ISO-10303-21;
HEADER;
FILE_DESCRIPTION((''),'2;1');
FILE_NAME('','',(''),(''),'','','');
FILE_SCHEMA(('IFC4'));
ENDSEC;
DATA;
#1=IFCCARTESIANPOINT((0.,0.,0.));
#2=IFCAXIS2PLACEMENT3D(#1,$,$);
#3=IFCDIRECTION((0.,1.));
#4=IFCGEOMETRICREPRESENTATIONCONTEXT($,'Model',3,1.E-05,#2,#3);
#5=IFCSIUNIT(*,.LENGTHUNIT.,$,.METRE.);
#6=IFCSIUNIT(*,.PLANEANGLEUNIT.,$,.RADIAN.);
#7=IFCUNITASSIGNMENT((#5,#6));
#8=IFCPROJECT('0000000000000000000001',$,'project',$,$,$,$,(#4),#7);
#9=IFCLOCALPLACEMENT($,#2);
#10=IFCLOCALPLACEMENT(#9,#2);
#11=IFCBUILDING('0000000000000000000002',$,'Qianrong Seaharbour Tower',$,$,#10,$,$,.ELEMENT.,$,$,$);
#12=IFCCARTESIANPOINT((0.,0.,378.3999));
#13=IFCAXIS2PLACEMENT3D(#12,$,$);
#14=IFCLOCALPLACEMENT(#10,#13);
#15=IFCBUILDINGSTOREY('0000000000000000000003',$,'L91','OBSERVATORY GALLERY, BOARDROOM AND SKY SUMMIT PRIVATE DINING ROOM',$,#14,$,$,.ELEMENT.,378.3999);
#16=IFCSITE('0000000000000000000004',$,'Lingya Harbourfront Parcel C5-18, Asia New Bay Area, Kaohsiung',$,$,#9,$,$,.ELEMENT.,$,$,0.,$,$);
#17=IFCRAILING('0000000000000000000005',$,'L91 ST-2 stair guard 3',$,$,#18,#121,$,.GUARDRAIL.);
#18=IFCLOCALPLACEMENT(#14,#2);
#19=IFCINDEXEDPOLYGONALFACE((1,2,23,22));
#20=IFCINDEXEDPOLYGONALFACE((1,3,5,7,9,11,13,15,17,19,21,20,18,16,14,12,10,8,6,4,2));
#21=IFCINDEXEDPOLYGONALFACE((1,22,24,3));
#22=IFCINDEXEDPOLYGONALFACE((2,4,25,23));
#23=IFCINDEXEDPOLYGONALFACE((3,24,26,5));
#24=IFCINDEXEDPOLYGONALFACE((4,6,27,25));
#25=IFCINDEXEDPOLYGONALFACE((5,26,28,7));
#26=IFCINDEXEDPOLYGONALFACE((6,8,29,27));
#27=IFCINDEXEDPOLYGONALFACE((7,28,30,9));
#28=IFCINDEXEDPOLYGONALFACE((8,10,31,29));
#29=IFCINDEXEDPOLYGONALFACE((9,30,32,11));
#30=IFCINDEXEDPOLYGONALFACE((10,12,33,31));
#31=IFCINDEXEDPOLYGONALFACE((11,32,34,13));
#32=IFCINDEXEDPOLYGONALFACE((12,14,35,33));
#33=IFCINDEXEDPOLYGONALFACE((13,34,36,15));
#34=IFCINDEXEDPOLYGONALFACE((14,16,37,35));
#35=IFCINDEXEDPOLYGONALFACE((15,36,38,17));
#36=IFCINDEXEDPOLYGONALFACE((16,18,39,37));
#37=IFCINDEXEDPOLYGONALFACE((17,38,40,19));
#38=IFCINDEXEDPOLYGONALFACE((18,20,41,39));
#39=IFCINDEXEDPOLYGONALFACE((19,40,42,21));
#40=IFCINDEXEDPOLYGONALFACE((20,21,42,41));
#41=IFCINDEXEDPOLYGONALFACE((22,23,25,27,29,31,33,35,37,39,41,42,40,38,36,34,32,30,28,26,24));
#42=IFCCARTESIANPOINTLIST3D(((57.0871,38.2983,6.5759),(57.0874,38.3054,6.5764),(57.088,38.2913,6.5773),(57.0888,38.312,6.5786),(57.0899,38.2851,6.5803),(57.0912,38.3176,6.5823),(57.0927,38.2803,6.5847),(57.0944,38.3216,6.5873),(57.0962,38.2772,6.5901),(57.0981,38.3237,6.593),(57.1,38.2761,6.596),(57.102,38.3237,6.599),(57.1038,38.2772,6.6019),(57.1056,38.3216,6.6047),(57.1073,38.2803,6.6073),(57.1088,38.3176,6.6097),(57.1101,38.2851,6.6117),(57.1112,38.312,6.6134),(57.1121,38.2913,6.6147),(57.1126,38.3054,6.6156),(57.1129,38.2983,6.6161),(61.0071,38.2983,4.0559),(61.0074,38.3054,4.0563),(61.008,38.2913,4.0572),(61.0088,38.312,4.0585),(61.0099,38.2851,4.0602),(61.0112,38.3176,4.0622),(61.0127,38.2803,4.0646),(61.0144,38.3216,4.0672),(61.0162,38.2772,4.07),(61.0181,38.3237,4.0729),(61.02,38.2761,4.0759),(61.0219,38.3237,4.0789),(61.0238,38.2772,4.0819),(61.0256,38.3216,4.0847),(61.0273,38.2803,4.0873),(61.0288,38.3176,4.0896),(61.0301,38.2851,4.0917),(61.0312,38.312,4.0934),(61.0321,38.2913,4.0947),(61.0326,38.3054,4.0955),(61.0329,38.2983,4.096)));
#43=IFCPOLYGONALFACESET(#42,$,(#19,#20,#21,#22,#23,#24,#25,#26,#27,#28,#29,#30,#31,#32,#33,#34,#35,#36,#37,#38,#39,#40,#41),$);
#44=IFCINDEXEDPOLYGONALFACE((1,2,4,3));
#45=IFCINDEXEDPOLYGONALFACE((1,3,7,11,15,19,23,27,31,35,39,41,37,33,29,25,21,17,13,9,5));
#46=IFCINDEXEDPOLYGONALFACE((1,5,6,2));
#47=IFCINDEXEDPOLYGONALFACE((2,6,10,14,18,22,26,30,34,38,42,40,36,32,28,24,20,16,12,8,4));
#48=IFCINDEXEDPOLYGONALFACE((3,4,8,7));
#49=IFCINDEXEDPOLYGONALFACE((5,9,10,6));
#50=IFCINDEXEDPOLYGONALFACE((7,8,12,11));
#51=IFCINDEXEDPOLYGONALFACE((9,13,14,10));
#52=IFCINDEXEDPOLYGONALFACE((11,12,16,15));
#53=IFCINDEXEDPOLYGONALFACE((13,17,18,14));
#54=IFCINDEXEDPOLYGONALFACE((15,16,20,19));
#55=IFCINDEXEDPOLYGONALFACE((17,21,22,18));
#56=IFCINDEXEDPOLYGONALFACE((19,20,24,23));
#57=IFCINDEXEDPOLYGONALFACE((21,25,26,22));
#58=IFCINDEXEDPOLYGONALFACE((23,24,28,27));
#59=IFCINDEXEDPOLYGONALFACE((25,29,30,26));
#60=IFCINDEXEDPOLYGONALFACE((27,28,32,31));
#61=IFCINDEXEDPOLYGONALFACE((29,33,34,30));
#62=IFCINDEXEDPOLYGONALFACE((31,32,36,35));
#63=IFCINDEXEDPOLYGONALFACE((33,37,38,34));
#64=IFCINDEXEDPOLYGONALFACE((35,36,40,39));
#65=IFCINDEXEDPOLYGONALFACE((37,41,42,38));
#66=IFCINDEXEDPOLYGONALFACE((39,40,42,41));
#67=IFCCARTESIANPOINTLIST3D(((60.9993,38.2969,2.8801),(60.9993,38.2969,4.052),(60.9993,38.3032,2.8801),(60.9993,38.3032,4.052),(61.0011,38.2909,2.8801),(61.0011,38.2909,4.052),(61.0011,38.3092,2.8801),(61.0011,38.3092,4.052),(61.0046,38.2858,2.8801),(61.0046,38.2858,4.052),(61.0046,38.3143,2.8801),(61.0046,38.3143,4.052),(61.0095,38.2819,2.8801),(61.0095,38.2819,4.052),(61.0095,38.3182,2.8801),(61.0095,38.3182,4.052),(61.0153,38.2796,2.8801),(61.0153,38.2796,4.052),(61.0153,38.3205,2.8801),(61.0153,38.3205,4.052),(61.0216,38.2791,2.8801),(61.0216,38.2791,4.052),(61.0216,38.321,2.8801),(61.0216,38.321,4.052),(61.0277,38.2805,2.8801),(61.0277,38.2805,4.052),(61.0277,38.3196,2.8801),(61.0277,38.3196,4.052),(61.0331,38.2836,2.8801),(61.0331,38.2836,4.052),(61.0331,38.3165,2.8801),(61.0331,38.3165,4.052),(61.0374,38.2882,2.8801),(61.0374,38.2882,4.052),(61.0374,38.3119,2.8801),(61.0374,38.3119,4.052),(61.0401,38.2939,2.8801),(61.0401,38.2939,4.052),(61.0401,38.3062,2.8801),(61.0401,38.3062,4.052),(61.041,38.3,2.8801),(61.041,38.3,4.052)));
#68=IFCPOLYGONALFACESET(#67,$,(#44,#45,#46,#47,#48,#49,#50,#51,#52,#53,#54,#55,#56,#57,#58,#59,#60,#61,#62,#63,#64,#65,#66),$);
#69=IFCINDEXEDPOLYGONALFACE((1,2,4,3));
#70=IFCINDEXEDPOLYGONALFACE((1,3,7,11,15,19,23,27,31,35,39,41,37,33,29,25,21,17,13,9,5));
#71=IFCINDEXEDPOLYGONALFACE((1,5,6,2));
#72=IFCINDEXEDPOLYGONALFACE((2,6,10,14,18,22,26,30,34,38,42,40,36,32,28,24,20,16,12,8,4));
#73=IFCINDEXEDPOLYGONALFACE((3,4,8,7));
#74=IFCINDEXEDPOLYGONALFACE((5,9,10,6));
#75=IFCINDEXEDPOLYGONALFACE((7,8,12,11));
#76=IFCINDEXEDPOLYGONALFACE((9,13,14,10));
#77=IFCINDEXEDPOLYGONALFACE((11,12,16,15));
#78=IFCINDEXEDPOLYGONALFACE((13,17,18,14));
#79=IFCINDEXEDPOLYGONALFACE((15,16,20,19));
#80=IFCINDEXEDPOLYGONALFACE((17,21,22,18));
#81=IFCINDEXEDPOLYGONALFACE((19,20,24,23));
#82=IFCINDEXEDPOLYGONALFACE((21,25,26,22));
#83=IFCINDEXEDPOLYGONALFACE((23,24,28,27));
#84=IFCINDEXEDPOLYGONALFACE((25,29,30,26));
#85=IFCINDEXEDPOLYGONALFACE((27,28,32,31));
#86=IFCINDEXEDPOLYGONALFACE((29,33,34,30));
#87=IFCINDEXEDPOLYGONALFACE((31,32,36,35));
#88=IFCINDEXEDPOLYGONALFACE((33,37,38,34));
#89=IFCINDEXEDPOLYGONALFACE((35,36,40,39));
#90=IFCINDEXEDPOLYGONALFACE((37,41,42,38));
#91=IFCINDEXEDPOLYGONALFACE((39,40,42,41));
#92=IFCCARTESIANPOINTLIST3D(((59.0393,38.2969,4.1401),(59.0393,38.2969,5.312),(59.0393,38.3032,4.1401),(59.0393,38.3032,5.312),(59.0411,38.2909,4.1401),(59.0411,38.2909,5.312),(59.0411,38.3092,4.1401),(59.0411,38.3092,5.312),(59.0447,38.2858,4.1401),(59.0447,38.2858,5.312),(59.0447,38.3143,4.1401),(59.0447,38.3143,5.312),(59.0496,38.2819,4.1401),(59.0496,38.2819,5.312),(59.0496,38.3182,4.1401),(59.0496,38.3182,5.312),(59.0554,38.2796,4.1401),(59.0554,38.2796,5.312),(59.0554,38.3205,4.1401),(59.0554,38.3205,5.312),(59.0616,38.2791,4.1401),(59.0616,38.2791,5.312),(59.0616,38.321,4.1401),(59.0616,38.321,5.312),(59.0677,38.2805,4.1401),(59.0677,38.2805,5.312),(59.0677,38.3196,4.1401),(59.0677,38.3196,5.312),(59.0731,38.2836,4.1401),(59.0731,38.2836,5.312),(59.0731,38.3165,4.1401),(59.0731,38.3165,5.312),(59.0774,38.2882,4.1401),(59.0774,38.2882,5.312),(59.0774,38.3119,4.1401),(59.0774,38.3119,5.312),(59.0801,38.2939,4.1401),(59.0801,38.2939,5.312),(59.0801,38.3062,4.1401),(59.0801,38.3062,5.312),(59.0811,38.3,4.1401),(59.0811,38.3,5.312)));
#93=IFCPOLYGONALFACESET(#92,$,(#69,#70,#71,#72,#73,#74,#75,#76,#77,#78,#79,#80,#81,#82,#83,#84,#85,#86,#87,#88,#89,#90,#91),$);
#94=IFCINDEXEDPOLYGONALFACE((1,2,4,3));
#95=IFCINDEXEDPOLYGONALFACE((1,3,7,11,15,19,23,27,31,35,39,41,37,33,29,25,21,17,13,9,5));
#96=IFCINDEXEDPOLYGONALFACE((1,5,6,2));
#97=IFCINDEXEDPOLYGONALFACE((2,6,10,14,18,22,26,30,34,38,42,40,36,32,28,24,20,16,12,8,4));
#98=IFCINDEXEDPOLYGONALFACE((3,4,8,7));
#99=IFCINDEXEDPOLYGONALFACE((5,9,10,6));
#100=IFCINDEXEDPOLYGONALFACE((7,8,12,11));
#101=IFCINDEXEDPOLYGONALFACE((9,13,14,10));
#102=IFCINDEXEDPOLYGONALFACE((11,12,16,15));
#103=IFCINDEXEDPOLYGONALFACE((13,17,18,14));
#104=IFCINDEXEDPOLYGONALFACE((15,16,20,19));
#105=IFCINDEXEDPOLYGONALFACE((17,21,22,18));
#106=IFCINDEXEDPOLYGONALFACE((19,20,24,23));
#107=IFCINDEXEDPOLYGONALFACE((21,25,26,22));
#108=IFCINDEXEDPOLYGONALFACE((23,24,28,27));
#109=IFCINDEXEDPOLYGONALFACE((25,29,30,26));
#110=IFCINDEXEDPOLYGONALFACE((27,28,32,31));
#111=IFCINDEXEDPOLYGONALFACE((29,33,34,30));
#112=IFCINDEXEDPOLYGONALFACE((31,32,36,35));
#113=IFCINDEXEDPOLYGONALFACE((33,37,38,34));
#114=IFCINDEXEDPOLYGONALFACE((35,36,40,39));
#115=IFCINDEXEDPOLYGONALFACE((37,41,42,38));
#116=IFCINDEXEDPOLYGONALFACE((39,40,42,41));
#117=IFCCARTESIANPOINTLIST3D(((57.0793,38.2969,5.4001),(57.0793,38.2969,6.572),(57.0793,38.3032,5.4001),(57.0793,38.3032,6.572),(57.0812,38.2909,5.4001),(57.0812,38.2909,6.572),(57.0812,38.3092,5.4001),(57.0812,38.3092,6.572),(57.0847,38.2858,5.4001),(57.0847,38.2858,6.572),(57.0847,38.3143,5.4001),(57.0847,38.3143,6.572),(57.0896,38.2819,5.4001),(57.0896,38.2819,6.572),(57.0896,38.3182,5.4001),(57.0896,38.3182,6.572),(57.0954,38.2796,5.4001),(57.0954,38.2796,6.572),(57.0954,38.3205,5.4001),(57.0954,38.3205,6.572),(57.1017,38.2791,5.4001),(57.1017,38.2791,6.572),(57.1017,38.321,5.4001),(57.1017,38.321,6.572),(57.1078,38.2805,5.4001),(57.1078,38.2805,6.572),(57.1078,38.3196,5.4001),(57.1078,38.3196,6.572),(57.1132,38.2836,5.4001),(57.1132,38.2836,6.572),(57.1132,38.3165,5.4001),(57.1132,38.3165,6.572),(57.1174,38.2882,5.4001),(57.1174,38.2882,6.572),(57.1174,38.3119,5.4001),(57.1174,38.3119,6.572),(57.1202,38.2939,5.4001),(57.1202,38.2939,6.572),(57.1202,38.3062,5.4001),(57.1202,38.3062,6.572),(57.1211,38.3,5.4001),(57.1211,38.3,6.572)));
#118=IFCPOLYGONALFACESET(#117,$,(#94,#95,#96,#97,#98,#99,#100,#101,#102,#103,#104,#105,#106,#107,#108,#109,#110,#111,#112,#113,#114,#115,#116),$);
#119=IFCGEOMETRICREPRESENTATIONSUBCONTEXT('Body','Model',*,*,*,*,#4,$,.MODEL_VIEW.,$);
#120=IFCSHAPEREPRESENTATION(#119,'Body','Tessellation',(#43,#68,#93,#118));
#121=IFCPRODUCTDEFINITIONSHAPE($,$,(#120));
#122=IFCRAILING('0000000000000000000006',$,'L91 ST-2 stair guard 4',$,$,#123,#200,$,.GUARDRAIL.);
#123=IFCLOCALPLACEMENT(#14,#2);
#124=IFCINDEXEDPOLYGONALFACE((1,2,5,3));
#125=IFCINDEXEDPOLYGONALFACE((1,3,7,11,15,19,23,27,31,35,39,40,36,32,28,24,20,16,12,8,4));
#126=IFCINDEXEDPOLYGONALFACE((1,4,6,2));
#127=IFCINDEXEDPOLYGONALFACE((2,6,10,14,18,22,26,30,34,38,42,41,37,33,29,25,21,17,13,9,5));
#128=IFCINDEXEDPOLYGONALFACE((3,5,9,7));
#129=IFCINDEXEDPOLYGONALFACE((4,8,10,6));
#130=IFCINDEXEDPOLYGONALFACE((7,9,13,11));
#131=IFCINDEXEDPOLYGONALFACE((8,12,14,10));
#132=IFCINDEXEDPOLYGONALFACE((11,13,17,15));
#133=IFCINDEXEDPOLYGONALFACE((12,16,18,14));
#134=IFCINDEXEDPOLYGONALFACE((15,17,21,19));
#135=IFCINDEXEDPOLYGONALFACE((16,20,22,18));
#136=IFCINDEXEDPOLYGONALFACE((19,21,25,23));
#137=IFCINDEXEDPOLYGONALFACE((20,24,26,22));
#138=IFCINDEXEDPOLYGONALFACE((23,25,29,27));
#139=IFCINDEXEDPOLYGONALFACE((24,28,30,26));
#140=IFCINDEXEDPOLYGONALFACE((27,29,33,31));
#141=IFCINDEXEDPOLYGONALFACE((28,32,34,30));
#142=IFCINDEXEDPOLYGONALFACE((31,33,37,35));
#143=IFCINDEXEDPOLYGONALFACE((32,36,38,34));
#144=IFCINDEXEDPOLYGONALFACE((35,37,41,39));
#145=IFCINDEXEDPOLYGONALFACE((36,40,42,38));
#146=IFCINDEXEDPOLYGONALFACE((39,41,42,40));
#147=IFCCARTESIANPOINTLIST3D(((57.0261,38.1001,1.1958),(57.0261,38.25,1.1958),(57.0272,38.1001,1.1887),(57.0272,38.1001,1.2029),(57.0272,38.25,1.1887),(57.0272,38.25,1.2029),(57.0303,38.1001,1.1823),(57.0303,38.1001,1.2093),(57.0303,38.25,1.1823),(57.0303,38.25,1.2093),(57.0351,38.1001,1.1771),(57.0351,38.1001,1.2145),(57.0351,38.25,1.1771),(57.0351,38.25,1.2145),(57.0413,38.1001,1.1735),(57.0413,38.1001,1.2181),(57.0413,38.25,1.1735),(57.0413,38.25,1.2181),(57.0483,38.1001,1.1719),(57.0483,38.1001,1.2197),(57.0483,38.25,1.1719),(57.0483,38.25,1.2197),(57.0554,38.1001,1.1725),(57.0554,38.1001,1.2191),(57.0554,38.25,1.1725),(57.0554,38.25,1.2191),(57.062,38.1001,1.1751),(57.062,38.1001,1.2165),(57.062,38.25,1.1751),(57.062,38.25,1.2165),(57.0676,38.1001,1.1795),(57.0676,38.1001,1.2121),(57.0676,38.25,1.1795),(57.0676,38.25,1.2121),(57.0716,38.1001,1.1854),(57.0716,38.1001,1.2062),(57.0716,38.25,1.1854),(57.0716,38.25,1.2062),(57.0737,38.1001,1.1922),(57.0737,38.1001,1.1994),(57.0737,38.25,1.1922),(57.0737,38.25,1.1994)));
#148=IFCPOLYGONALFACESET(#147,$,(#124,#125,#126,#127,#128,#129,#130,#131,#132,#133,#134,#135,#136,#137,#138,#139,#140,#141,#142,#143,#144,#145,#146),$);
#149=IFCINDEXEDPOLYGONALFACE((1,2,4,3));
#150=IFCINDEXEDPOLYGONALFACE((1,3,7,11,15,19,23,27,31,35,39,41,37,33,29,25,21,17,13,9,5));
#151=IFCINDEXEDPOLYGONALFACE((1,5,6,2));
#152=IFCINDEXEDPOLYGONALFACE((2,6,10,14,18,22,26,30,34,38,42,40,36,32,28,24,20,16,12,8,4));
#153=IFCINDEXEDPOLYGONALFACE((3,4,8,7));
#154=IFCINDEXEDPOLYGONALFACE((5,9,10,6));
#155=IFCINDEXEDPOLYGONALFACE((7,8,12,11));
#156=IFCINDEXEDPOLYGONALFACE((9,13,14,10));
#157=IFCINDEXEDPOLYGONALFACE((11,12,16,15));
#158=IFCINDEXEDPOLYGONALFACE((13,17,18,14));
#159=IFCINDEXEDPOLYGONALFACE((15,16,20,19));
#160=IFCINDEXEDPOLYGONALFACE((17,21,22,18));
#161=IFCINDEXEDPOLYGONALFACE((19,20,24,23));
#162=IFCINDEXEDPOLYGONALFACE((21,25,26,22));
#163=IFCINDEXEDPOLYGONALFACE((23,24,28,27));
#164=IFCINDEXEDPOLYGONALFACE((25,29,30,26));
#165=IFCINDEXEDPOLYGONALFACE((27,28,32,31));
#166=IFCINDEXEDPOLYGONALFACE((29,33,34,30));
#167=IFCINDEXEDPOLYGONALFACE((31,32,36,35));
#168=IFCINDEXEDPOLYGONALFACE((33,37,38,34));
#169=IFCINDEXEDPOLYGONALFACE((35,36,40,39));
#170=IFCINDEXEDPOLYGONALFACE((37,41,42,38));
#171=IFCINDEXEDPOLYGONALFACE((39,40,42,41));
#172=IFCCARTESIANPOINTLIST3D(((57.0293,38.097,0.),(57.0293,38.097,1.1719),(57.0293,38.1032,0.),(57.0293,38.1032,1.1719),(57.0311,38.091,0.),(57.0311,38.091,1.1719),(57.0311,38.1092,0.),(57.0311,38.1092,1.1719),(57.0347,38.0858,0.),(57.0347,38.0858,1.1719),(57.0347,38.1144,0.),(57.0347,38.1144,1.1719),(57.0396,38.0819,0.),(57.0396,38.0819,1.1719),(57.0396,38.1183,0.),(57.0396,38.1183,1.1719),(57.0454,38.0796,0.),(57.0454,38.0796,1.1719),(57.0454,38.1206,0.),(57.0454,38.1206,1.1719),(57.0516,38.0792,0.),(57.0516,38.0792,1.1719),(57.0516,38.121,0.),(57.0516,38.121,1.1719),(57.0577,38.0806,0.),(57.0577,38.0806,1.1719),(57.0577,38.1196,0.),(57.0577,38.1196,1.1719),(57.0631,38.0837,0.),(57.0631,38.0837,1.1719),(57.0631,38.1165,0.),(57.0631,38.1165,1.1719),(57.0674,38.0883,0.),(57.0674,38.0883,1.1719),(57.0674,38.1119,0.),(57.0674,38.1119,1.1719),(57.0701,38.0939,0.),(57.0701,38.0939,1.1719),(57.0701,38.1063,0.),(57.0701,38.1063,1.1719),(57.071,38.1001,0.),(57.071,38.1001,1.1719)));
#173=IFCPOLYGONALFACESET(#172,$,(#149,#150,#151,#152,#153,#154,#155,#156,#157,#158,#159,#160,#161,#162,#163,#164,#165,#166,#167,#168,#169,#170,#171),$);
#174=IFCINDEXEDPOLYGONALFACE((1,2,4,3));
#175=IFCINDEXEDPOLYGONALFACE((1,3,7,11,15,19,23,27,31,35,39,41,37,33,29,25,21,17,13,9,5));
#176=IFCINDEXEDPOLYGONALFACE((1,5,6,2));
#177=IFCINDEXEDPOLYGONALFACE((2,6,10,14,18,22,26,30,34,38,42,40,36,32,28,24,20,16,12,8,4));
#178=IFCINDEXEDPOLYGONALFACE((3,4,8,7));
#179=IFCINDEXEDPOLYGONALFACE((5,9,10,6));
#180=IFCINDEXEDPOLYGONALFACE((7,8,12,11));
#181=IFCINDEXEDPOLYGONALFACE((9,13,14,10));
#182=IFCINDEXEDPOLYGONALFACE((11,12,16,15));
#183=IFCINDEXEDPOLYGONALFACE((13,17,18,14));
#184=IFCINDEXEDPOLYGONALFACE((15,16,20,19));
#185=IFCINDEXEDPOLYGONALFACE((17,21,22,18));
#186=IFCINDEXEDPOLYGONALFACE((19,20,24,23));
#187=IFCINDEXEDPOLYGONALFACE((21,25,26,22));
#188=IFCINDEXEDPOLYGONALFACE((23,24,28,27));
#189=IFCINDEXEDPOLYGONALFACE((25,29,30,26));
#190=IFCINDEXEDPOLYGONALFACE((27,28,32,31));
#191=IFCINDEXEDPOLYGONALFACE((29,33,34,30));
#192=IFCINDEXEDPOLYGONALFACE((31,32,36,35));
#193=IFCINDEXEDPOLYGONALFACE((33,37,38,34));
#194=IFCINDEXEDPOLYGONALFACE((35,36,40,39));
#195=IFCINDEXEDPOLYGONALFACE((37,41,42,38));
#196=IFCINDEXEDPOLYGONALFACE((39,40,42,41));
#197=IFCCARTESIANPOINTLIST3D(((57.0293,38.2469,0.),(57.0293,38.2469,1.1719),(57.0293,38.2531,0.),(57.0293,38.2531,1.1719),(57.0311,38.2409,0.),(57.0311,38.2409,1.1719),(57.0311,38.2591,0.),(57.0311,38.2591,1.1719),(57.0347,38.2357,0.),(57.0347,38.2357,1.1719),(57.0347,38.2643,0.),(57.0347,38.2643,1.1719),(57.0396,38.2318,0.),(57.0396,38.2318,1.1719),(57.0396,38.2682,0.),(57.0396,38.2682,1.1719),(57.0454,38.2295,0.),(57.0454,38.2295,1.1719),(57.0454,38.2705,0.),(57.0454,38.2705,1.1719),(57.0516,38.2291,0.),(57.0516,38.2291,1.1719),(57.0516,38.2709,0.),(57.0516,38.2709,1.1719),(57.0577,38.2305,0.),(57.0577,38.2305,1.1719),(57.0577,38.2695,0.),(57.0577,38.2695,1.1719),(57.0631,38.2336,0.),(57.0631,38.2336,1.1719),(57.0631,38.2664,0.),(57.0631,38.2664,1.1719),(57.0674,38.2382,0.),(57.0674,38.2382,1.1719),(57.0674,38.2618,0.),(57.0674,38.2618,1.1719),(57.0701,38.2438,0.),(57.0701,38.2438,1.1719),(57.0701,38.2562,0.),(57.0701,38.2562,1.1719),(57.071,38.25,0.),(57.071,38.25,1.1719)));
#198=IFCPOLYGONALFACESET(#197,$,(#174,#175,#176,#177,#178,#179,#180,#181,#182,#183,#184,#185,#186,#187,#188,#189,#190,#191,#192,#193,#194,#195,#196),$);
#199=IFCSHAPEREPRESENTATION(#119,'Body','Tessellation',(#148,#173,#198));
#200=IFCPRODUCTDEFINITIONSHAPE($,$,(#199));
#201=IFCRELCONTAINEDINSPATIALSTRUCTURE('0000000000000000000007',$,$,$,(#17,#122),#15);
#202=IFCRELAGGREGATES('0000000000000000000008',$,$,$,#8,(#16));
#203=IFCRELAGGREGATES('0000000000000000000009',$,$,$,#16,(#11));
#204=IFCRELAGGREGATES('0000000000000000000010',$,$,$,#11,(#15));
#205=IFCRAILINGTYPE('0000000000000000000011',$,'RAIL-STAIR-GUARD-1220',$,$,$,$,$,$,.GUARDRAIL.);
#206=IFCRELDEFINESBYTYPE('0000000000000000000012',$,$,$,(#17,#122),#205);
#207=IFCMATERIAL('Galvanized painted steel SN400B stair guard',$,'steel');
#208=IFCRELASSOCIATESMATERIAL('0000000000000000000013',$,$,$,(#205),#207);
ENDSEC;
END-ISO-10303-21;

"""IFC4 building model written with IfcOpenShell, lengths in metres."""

from ifc_helpers import new_model, si_unit, direction, frame, origin, origin_2d, place, context, subcontext, project, spatial, circle, extrude, material, type_object, element, save


model = new_model("IFC4")

# Units and contexts
model_context = context("Model", 3, precision=1e-05, world=origin(), true_north=direction((0.0, 1.0)))
body_context = subcontext(model_context, "Body", "Model", "MODEL_VIEW")
ifc_project = project(units=[si_unit("LENGTHUNIT", "METRE"), si_unit("PLANEANGLEUNIT", "RADIAN")], contexts=[model_context])

# Site, building, storey
site_placement = place(None, origin())
site = spatial("IfcSite", under=ifc_project, at=site_placement, Name="Lingya Harbourfront Parcel C5-18, Asia New Bay Area, Kaohsiung", CompositionType="ELEMENT", RefElevation=0.0)
building_placement = place(site_placement, origin())
building = spatial("IfcBuilding", under=site, at=building_placement, Name="Qianrong Seaharbour Tower", CompositionType="ELEMENT")
storey_placement = place(building_placement, frame((0.0, 0.0, 378.3999)))
storey = spatial("IfcBuildingStorey", under=building, at=storey_placement, Name="L91", Description="OBSERVATORY GALLERY, BOARDROOM AND SKY SUMMIT PRIVATE DINING ROOM", CompositionType="ELEMENT", Elevation=378.3999)

# Railings
ifc_material_1 = material(Name="Galvanized painted steel SN400B stair guard", Category="steel")
railing_type_1 = type_object("IfcRailingType", Name="RAIL-STAIR-GUARD-1220", PredefinedType="GUARDRAIL", material=ifc_material_1)
railing_1_placement = place(storey_placement, frame((61.02, 38.3, 2.8801)))
element("IfcRailing", 1, at=railing_1_placement, inside=storey, type_object=railing_type_1, Name="L91 ST-2 stair guard 3", PredefinedType="GUARDRAIL", context=body_context, shape_type="SweptSolid", body=[
    extrude(circle(Radius=0.0239, at=origin_2d()), frame((0.0, 0.0, 1.1958), z_axis=(-0.841172, 0.0, 0.540768), x_axis=(0.0, -1.0, 0.0)), (0.0, 0.0, 1.0), 4.6602),
    extrude(circle(Radius=0.021, at=origin_2d()), origin(), (0.0, 0.0, 1.0), 1.1719),
    extrude(circle(Radius=0.021, at=origin_2d()), frame((-1.96, 0.0, 1.26)), (0.0, 0.0, 1.0), 1.1719),
    extrude(circle(Radius=0.021, at=origin_2d()), frame((-3.9199, 0.0, 2.52)), (0.0, 0.0, 1.0), 1.1719),
])
railing_2_placement = place(storey_placement, frame((57.05, 38.1001, 0.0)))
element("IfcRailing", 2, at=railing_2_placement, inside=storey, type_object=railing_type_1, Name="L91 ST-2 stair guard 4", PredefinedType="GUARDRAIL", context=body_context, shape_type="SweptSolid", body=[
    extrude(circle(Radius=0.0239, at=origin_2d()), frame((0.0, 0.0, 1.1958), z_axis=(0.0, 1.0, 0.0), x_axis=(-1.0, 0.0, 0.0)), (0.0, 0.0, 1.0), 0.1499),
    extrude(circle(Radius=0.021, at=origin_2d()), origin(), (0.0, 0.0, 1.0), 1.1719),
    extrude(circle(Radius=0.021, at=origin_2d()), frame((0.0, 0.1499, 0.0)), (0.0, 0.0, 1.0), 1.1719),
])

save(model, "model.ifc")
